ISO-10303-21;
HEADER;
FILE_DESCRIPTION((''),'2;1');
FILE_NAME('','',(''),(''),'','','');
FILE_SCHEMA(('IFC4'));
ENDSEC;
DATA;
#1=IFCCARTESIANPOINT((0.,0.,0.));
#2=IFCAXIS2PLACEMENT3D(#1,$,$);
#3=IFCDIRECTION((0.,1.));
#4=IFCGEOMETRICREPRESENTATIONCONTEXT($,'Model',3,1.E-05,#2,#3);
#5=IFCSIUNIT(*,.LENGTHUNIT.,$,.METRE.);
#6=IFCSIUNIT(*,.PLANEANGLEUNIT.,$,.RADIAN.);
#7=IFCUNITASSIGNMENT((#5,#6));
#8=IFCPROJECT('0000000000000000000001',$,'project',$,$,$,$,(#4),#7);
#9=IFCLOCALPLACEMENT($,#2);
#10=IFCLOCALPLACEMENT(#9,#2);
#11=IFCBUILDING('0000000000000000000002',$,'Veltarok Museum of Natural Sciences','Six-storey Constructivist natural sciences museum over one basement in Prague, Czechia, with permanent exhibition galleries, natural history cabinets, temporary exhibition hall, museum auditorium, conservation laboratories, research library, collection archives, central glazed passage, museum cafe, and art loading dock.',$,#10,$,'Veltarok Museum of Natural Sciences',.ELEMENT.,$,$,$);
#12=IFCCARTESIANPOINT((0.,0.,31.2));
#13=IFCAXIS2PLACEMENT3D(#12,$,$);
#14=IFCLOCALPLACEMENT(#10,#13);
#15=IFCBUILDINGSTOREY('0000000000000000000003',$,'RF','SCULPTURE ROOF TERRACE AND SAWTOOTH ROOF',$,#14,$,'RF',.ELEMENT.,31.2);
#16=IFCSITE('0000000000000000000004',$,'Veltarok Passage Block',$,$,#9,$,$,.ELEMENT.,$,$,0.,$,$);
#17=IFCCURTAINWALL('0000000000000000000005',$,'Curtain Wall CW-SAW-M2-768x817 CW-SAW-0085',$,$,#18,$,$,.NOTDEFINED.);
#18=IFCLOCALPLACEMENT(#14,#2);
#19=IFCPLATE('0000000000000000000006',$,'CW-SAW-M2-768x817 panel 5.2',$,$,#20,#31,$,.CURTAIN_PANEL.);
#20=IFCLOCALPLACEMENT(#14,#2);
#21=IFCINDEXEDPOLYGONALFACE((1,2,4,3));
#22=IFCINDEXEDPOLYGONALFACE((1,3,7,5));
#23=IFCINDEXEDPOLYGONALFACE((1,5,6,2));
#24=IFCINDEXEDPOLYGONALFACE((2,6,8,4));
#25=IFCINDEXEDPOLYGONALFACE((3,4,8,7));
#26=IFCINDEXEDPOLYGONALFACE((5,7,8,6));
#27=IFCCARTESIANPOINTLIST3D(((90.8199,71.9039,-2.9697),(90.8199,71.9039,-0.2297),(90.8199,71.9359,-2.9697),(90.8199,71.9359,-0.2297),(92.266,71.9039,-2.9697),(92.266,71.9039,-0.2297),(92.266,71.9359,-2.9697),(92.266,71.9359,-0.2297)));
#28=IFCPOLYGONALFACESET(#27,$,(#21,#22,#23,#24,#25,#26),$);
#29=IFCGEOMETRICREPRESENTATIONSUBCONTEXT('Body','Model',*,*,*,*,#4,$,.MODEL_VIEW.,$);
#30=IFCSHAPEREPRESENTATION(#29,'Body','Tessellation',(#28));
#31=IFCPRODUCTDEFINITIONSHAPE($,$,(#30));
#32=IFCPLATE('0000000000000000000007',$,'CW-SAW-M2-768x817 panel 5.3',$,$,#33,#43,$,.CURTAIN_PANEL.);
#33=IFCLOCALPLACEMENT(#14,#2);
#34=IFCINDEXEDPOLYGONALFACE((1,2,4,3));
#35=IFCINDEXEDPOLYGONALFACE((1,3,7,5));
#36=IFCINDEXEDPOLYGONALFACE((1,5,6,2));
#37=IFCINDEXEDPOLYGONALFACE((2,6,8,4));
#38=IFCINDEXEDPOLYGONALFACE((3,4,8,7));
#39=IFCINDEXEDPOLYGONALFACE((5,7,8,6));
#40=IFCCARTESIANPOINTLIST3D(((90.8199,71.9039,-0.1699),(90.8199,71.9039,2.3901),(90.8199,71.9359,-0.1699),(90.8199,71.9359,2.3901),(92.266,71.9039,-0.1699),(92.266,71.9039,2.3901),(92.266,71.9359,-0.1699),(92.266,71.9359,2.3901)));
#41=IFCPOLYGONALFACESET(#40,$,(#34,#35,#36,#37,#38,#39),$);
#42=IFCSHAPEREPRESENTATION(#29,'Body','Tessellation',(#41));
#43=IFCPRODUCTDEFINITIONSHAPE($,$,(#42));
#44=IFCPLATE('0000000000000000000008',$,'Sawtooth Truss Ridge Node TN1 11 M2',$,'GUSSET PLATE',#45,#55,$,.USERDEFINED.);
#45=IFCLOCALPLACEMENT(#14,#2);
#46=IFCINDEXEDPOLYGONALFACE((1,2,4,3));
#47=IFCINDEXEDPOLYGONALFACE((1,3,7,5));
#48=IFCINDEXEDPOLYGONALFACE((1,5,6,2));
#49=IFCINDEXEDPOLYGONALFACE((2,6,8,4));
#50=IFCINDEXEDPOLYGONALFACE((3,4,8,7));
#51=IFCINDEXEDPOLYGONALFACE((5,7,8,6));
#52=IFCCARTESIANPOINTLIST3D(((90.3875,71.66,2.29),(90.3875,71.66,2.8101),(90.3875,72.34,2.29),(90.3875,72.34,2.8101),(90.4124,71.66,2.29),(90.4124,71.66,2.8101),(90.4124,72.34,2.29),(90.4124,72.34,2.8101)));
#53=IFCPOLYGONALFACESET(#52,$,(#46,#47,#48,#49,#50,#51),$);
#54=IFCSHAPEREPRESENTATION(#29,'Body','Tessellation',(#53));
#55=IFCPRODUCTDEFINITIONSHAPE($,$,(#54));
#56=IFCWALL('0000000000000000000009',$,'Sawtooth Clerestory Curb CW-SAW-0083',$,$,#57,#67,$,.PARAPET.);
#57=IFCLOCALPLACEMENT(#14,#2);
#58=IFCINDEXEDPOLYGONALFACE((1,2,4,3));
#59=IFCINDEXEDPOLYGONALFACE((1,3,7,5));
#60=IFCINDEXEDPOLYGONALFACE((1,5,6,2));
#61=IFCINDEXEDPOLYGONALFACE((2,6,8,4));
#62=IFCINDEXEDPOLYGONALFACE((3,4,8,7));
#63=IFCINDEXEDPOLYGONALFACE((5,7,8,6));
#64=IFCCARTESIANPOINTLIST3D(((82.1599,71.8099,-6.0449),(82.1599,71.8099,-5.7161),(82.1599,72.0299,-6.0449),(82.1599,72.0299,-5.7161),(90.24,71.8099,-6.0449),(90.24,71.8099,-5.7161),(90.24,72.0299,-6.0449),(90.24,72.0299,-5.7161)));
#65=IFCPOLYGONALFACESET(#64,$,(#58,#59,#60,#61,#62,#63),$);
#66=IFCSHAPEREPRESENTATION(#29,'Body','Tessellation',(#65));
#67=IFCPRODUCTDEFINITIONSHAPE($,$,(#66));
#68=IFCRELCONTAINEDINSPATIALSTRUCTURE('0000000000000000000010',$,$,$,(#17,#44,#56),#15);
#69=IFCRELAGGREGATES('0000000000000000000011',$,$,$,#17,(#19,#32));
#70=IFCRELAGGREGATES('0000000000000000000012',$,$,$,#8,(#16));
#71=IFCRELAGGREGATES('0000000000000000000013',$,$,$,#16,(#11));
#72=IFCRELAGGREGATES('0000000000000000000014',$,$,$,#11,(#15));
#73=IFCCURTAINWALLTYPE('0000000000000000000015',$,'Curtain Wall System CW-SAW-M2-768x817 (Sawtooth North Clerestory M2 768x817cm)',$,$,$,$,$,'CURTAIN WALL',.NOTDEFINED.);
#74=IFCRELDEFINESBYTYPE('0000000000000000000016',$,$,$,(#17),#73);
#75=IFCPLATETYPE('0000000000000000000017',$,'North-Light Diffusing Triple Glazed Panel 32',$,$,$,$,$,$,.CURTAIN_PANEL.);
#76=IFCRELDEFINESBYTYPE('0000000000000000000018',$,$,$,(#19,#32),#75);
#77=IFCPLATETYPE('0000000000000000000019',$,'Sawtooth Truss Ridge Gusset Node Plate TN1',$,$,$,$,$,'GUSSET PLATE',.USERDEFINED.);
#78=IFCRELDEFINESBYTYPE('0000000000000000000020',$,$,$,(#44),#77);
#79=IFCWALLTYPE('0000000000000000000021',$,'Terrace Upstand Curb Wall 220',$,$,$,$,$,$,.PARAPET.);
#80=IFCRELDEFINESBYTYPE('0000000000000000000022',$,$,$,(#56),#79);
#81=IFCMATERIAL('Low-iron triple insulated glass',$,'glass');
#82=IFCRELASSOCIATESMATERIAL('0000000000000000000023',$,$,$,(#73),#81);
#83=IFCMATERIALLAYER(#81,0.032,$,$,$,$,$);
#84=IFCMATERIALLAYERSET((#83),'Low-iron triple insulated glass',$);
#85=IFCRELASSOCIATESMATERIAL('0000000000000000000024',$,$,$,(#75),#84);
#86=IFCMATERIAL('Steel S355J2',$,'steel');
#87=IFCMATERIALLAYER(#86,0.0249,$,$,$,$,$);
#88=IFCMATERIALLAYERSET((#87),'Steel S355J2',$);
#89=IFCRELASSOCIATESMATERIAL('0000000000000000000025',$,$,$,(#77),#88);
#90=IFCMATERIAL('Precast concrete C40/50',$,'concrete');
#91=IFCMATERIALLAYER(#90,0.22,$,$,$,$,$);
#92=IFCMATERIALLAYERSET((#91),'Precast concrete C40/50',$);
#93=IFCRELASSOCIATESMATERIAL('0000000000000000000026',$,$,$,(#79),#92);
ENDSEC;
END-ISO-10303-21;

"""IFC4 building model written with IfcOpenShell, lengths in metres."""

from ifc_helpers import new_model, si_unit, direction, frame, frame_2d, origin, origin_2d, place, context, subcontext, project, spatial, rectangle, extrude, material, layer, layer_set, type_object, element, aggregate, save


model = new_model("IFC4")

# Units and contexts
model_context = context("Model", 3, precision=1e-05, world=origin(), true_north=direction((0.0, 1.0)))
body_context = subcontext(model_context, "Body", "Model", "MODEL_VIEW")
ifc_project = project(units=[si_unit("LENGTHUNIT", "METRE"), si_unit("PLANEANGLEUNIT", "RADIAN")], contexts=[model_context])

# Site, building, storey
site_placement = place(None, origin())
site = spatial("IfcSite", under=ifc_project, at=site_placement, Name="Veltarok Passage Block", CompositionType="ELEMENT", RefElevation=0.0)
building_placement = place(site_placement, origin())
building = spatial("IfcBuilding", under=site, at=building_placement, Name="Veltarok Museum of Natural Sciences", Description="Six-storey Constructivist natural sciences museum over one basement in Prague, Czechia, with permanent exhibition galleries, natural history cabinets, temporary exhibition hall, museum auditorium, conservation laboratories, research library, collection archives, central glazed passage, museum cafe, and art loading dock.", LongName="Veltarok Museum of Natural Sciences", CompositionType="ELEMENT")
storey_placement = place(building_placement, frame((0.0, 0.0, 31.2)))
storey = spatial("IfcBuildingStorey", under=building, at=storey_placement, Name="RF", Description="SCULPTURE ROOF TERRACE AND SAWTOOTH ROOF", LongName="RF", CompositionType="ELEMENT", Elevation=31.2)

# Shared definitions
ifc_material_1 = material(Name="Steel S355J2", Category="steel")

# Curtain wall
ifc_material_2 = material(Name="Low-iron triple insulated glass", Category="glass")
curtain_wall_type = type_object("IfcCurtainWallType", Name="Curtain Wall System CW-SAW-M2-768x817 (Sawtooth North Clerestory M2 768x817cm)", ElementType="CURTAIN WALL", PredefinedType="NOTDEFINED", material=ifc_material_2)
curtain_wall_1_placement = place(storey_placement, origin())
curtain_wall_1 = element("IfcCurtainWall", 1, at=curtain_wall_1_placement, inside=storey, type_object=curtain_wall_type, Name="Curtain Wall CW-SAW-M2-768x817 CW-SAW-0085", PredefinedType="NOTDEFINED")

# Plates
ifc_layer_1 = layer(ifc_material_2, 0.032)
ifc_layer_set_1 = layer_set([ifc_layer_1], Name="Low-iron triple insulated glass")
plate_type_1 = type_object("IfcPlateType", Name="North-Light Diffusing Triple Glazed Panel 32", PredefinedType="CURTAIN_PANEL", material=ifc_layer_set_1)
plate_1_placement = place(storey_placement, frame((91.543, 71.9199, -2.9697), z_axis=(0.0, 0.0, 1.0), x_axis=(-1.0, 0.0, 0.0)))
plate_1 = element("IfcPlate", 2, at=plate_1_placement, type_object=plate_type_1, Name="CW-SAW-M2-768x817 panel 5.2", PredefinedType="CURTAIN_PANEL", context=body_context, shape_type="SweptSolid", body=[
    extrude(rectangle(XDim=1.446, YDim=0.032, at=origin_2d()), origin(), (0.0, 0.0, 1.0), 2.74),
])
plate_2_placement = place(storey_placement, frame((91.543, 71.9199, -0.1699), z_axis=(0.0, 0.0, 1.0), x_axis=(-1.0, 0.0, 0.0)))
plate_2 = element("IfcPlate", 3, at=plate_2_placement, type_object=plate_type_1, Name="CW-SAW-M2-768x817 panel 5.3", PredefinedType="CURTAIN_PANEL", context=body_context, shape_type="SweptSolid", body=[
    extrude(rectangle(XDim=1.446, YDim=0.032, at=origin_2d()), origin(), (0.0, 0.0, 1.0), 2.5601),
])
aggregate(curtain_wall_1, [plate_1, plate_2])
ifc_layer_2 = layer(ifc_material_1, 0.0249)
ifc_layer_set_2 = layer_set([ifc_layer_2], Name="Steel S355J2")
plate_type_2 = type_object("IfcPlateType", Name="Sawtooth Truss Ridge Gusset Node Plate TN1", ElementType="GUSSET PLATE", PredefinedType="USERDEFINED", material=ifc_layer_set_2)
plate_3_placement = place(storey_placement, frame((90.3999, 72.0, 2.29), z_axis=(0.0, 0.0, 1.0), x_axis=(1.0, 0.0, 0.0)))
element("IfcPlate", 4, at=plate_3_placement, inside=storey, type_object=plate_type_2, Name="Sawtooth Truss Ridge Node TN1 11 M2", ObjectType="GUSSET PLATE", PredefinedType="USERDEFINED", context=body_context, shape_type="SweptSolid", body=[
    extrude(rectangle(XDim=0.0249, YDim=0.6799, at=origin_2d()), origin(), (0.0, 0.0, 1.0), 0.52),
])

# Wall
ifc_material_3 = material(Name="Precast concrete C40/50", Category="concrete")
ifc_layer_3 = layer(ifc_material_3, 0.22)
ifc_layer_set_3 = layer_set([ifc_layer_3], Name="Precast concrete C40/50")
wall_type = type_object("IfcWallType", Name="Terrace Upstand Curb Wall 220", PredefinedType="PARAPET", material=ifc_layer_set_3)
wall_placement = place(storey_placement, frame((90.24, 71.9199, -6.0449), z_axis=(0.0, 0.0, 1.0), x_axis=(-1.0, 0.0, 0.0)))
element("IfcWall", 5, at=wall_placement, inside=storey, type_object=wall_type, Name="Sawtooth Clerestory Curb CW-SAW-0083", PredefinedType="PARAPET", context=body_context, shape_type="SweptSolid", body=[
    extrude(rectangle(XDim=8.0801, YDim=0.22, at=frame_2d((4.04, 0.0))), origin(), (0.0, 0.0, 1.0), 0.3289),
])

save(model, "model.ifc")
